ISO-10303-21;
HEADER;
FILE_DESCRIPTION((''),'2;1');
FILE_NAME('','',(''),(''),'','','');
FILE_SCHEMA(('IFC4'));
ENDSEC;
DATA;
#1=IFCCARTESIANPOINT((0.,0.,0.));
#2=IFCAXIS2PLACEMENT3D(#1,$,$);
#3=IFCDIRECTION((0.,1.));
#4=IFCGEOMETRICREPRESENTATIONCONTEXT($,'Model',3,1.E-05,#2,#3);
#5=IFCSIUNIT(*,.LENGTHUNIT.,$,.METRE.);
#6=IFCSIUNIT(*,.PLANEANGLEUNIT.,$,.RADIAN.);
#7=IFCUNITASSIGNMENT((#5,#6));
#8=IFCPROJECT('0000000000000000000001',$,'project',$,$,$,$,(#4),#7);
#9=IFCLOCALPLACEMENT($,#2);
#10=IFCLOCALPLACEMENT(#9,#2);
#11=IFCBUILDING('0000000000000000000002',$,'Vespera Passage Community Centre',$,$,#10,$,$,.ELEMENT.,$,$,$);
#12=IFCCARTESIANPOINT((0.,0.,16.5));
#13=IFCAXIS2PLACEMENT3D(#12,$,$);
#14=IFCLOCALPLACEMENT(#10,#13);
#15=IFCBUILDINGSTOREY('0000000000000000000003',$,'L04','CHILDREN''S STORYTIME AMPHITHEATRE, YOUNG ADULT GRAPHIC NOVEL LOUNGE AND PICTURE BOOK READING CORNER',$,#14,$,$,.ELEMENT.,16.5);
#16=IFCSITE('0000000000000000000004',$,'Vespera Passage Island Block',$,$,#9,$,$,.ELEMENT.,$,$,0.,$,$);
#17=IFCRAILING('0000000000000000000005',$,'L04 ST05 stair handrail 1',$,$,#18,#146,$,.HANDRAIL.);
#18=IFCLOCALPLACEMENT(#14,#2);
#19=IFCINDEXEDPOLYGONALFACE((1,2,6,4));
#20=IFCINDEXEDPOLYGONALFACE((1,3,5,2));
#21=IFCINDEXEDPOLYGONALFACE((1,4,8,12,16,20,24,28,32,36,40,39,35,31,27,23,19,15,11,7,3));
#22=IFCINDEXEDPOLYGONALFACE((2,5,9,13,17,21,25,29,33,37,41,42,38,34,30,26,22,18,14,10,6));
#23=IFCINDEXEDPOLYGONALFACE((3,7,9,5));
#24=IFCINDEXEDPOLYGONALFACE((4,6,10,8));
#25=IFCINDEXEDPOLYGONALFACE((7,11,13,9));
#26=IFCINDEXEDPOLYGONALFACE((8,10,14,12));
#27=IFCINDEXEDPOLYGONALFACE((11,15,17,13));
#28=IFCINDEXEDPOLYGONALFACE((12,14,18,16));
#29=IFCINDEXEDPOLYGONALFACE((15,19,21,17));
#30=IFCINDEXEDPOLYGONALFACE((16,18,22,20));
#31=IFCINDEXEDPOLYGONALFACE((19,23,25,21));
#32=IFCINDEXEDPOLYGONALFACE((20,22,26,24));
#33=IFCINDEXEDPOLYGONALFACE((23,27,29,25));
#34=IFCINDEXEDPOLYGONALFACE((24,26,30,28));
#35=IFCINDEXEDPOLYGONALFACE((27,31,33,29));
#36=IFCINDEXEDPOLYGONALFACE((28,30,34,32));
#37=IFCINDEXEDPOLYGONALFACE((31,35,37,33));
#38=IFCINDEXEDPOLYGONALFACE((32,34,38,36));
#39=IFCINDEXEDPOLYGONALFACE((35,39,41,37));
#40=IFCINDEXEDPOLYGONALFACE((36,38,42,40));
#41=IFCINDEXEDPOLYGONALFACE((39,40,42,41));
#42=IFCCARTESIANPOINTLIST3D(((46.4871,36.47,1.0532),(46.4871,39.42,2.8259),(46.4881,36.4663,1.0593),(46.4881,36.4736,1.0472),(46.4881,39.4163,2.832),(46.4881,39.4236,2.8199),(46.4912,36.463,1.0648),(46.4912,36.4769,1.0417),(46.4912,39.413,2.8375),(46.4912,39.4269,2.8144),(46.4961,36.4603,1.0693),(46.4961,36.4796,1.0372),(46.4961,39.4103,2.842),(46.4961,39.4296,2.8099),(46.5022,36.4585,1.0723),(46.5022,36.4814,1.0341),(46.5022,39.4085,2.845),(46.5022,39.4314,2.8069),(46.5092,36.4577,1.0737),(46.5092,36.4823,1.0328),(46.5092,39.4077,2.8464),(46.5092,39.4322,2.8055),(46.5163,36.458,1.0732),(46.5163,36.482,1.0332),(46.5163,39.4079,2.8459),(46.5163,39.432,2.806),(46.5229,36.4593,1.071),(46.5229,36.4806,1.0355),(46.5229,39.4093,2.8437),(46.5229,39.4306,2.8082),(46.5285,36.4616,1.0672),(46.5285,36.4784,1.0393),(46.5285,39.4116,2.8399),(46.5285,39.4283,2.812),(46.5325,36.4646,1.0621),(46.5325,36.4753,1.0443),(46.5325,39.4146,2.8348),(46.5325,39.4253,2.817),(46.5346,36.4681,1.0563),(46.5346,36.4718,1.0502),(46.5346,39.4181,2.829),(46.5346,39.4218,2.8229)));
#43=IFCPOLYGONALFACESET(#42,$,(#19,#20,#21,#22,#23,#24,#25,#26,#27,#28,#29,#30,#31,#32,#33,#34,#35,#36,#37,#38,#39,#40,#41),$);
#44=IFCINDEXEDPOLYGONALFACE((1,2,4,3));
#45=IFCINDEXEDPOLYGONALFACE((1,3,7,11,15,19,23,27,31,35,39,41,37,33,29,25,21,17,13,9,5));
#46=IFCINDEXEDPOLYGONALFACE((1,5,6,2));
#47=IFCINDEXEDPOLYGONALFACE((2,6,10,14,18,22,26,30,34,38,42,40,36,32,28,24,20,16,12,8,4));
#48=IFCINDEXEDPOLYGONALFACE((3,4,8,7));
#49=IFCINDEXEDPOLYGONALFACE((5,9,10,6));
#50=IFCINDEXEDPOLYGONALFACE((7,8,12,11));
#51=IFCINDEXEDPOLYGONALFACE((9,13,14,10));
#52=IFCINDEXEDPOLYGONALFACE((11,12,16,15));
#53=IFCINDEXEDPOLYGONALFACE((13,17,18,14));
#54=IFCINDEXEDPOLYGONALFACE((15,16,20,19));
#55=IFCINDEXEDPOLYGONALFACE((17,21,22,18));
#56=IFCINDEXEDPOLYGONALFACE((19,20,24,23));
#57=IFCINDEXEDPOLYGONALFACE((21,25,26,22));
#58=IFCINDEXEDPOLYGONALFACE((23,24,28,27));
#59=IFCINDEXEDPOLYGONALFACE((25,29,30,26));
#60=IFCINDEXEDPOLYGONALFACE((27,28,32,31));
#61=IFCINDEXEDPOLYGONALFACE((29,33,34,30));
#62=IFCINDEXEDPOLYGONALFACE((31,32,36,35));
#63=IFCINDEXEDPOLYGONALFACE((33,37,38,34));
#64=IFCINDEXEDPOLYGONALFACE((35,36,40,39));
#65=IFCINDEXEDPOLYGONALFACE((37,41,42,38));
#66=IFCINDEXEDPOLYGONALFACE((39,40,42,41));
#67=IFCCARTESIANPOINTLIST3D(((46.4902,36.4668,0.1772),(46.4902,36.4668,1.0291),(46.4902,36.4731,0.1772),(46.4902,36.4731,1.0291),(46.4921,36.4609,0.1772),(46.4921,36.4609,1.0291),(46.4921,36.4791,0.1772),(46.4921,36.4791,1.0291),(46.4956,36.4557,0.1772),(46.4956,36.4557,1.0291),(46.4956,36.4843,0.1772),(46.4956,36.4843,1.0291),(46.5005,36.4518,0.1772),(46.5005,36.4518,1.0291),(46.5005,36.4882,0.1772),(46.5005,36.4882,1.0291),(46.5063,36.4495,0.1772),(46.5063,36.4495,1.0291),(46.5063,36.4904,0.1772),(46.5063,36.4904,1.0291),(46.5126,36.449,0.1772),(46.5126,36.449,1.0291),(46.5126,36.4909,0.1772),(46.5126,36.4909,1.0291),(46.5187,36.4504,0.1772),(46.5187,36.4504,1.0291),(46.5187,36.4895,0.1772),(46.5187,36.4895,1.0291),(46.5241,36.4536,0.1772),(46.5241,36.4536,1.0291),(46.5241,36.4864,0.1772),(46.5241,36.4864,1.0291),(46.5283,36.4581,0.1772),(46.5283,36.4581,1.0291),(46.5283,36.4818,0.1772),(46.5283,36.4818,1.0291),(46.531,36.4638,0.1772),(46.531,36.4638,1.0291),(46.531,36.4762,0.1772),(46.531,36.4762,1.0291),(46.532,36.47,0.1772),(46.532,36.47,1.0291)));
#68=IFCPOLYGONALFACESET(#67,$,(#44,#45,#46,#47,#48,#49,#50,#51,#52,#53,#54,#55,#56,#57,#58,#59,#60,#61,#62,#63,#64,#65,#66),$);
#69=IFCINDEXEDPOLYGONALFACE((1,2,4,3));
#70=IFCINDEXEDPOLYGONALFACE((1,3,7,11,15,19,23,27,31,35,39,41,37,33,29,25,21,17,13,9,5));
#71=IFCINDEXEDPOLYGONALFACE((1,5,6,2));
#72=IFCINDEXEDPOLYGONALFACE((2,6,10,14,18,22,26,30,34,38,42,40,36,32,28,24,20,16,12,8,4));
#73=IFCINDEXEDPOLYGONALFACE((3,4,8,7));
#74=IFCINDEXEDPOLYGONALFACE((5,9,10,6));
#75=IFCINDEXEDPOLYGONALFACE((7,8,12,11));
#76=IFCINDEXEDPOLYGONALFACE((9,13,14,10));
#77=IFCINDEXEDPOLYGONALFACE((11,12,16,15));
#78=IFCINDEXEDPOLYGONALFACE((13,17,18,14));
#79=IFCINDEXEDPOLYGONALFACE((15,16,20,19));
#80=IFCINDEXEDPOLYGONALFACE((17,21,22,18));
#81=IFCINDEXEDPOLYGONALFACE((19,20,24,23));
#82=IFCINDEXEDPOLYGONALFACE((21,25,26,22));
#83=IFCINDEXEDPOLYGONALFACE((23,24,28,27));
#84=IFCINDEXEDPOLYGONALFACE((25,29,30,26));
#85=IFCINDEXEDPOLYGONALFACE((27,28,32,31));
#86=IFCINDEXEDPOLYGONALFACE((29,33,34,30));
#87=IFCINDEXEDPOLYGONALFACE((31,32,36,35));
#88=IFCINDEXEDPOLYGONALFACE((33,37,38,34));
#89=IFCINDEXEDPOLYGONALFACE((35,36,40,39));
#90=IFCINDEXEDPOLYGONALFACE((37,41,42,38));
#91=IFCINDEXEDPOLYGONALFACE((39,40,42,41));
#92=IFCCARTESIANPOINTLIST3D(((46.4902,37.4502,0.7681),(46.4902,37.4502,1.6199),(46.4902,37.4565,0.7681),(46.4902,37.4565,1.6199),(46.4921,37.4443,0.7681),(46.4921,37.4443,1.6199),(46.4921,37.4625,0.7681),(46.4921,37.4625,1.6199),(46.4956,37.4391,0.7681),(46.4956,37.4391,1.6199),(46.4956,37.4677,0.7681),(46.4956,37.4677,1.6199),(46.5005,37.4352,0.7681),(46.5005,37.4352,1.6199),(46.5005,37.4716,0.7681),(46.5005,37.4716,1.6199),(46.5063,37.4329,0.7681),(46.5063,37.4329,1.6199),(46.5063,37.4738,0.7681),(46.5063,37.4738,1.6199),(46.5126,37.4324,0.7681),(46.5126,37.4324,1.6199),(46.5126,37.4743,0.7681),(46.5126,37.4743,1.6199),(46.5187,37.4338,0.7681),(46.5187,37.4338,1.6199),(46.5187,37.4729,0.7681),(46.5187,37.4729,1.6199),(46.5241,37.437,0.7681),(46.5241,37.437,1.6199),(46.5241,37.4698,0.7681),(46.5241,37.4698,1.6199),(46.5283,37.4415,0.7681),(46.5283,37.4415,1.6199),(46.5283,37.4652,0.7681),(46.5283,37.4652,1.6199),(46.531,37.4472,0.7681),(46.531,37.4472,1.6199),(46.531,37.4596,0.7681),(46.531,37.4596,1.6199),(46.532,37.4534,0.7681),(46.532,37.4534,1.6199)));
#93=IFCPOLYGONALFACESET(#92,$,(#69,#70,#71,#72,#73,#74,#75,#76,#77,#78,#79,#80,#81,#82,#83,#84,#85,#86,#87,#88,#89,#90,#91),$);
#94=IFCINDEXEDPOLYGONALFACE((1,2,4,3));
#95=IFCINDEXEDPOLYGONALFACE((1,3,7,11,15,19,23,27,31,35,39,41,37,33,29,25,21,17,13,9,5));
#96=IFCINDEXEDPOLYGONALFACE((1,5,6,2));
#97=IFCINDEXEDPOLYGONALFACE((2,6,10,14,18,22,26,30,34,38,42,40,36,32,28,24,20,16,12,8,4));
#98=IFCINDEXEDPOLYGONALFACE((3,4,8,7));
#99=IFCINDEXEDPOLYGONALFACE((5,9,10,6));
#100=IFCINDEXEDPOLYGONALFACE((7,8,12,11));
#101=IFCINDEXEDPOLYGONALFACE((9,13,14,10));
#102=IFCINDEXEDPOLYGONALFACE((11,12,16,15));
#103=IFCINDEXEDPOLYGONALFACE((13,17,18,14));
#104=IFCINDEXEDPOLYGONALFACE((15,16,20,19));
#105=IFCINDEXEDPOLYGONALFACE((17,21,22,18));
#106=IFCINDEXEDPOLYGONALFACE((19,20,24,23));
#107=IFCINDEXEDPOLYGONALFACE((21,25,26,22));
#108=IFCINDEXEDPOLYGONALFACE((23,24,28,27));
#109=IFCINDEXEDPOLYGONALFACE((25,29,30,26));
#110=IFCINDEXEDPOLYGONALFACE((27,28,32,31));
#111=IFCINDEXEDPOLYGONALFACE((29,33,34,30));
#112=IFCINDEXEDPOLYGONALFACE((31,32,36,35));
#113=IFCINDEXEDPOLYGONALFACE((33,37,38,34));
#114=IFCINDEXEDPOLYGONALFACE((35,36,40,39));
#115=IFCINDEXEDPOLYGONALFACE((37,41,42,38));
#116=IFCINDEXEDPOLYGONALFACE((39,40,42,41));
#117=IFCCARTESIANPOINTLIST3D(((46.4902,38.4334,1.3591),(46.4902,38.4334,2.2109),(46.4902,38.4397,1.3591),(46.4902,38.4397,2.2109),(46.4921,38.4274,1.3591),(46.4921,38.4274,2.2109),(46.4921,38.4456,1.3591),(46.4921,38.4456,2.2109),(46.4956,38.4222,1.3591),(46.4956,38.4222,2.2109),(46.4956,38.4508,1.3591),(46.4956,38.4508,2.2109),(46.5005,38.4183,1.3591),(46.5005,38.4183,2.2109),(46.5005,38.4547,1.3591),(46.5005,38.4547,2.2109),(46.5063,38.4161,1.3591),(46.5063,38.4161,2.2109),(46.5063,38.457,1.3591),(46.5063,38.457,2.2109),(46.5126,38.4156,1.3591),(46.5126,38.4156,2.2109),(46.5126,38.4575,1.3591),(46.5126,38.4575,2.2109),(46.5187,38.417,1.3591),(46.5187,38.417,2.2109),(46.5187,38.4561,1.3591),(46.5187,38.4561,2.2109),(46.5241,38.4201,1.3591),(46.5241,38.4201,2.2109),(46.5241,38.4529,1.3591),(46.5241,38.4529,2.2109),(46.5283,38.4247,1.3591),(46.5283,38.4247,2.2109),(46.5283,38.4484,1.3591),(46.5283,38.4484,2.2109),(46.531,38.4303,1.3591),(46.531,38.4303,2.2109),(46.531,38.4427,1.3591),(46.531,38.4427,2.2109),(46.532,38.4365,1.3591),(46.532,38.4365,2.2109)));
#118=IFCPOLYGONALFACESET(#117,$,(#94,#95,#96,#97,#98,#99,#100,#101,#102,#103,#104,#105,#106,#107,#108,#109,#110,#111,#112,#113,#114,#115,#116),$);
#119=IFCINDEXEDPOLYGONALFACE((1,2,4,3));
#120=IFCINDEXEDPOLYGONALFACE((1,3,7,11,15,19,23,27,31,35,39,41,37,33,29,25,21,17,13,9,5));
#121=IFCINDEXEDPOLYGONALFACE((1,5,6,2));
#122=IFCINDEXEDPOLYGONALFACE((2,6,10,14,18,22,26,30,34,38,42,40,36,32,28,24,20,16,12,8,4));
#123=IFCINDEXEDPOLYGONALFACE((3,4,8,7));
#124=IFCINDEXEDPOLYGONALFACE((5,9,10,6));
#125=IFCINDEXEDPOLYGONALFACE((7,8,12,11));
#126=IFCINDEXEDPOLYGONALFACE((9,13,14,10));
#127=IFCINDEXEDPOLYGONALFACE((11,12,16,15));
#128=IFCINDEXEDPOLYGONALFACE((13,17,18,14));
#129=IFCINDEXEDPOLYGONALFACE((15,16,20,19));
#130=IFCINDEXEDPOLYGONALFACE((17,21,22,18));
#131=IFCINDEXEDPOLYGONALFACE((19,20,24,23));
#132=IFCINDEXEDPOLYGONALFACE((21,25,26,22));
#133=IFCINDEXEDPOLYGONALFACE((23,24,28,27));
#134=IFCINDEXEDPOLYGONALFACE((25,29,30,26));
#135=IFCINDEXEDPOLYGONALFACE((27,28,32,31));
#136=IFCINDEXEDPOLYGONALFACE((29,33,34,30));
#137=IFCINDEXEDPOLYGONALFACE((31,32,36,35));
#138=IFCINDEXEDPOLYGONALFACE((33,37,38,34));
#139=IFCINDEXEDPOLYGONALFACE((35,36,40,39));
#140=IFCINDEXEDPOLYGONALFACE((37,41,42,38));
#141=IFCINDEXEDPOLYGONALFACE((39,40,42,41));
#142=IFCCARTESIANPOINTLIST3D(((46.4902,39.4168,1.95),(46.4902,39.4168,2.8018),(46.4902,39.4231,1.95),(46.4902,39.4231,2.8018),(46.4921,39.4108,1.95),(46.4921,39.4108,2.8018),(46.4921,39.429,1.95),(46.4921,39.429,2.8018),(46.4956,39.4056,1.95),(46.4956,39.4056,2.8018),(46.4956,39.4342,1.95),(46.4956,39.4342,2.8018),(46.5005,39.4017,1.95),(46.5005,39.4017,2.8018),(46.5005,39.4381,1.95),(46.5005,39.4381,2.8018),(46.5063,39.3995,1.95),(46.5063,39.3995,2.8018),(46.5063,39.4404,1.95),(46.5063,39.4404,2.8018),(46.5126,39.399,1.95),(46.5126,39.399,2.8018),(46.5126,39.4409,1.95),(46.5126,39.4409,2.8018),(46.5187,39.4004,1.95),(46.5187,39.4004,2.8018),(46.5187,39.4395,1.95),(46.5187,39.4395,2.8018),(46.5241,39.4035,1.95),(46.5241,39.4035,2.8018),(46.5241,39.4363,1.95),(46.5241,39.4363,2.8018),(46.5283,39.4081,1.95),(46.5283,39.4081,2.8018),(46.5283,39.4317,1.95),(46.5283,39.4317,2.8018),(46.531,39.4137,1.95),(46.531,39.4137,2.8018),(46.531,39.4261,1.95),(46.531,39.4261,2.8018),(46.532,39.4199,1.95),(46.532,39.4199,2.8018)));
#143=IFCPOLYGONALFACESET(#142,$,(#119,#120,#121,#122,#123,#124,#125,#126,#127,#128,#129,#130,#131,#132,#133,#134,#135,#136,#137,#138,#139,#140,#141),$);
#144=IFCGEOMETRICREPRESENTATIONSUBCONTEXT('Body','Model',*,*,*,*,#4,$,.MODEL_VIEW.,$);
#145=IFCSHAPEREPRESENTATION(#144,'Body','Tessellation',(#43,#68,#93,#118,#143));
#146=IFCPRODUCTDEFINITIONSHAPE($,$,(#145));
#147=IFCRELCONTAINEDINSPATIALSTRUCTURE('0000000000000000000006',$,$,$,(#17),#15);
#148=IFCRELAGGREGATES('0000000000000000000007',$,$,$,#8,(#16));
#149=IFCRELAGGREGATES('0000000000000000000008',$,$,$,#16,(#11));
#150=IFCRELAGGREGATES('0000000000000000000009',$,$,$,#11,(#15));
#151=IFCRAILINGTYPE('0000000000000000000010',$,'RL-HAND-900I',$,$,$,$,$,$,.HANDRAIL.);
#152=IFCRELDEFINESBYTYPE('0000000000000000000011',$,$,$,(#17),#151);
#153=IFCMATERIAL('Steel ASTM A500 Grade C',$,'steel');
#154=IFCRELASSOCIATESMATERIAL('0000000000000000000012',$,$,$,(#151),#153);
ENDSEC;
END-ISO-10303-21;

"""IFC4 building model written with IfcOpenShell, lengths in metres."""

from ifc_helpers import new_model, si_unit, direction, frame, origin, origin_2d, place, context, subcontext, project, spatial, circle, extrude, material, type_object, element, save


model = new_model("IFC4")

# Units and contexts
model_context = context("Model", 3, precision=1e-05, world=origin(), true_north=direction((0.0, 1.0)))
body_context = subcontext(model_context, "Body", "Model", "MODEL_VIEW")
ifc_project = project(units=[si_unit("LENGTHUNIT", "METRE"), si_unit("PLANEANGLEUNIT", "RADIAN")], contexts=[model_context])

# Site, building, storey
site_placement = place(None, origin())
site = spatial("IfcSite", under=ifc_project, at=site_placement, Name="Vespera Passage Island Block", CompositionType="ELEMENT", RefElevation=0.0)
building_placement = place(site_placement, origin())
building = spatial("IfcBuilding", under=site, at=building_placement, Name="Vespera Passage Community Centre", CompositionType="ELEMENT")
storey_placement = place(building_placement, frame((0.0, 0.0, 16.5)))
storey = spatial("IfcBuildingStorey", under=building, at=storey_placement, Name="L04", Description="CHILDREN'S STORYTIME AMPHITHEATRE, YOUNG ADULT GRAPHIC NOVEL LOUNGE AND PICTURE BOOK READING CORNER", CompositionType="ELEMENT", Elevation=16.5)

# Railing
ifc_material_1 = material(Name="Steel ASTM A500 Grade C", Category="steel")
railing_type_1 = type_object("IfcRailingType", Name="RL-HAND-900I", PredefinedType="HANDRAIL", material=ifc_material_1)
railing_1_placement = place(storey_placement, frame((46.511, 36.47, 0.1772)))
element("IfcRailing", 1, at=railing_1_placement, inside=storey, type_object=railing_type_1, Name="L04 ST05 stair handrail 1", PredefinedType="HANDRAIL", context=body_context, shape_type="SweptSolid", body=[
    extrude(circle(Radius=0.0239, at=origin_2d()), frame((0.0, 0.0, 0.876), z_axis=(0.0, 0.857142, 0.51508), x_axis=(-1.0, 0.0, 0.0)), (0.0, 0.0, 1.0), 3.4417),
    extrude(circle(Radius=0.021, at=origin_2d()), origin(), (0.0, 0.0, 1.0), 0.8518),
    extrude(circle(Radius=0.021, at=origin_2d()), frame((0.0, 0.9834, 0.5908)), (0.0, 0.0, 1.0), 0.8518),
    extrude(circle(Radius=0.021, at=origin_2d()), frame((0.0, 1.9666, 1.1819)), (0.0, 0.0, 1.0), 0.8518),
    extrude(circle(Radius=0.021, at=origin_2d()), frame((0.0, 2.95, 1.7727)), (0.0, 0.0, 1.0), 0.8518),
])

save(model, "model.ifc")
